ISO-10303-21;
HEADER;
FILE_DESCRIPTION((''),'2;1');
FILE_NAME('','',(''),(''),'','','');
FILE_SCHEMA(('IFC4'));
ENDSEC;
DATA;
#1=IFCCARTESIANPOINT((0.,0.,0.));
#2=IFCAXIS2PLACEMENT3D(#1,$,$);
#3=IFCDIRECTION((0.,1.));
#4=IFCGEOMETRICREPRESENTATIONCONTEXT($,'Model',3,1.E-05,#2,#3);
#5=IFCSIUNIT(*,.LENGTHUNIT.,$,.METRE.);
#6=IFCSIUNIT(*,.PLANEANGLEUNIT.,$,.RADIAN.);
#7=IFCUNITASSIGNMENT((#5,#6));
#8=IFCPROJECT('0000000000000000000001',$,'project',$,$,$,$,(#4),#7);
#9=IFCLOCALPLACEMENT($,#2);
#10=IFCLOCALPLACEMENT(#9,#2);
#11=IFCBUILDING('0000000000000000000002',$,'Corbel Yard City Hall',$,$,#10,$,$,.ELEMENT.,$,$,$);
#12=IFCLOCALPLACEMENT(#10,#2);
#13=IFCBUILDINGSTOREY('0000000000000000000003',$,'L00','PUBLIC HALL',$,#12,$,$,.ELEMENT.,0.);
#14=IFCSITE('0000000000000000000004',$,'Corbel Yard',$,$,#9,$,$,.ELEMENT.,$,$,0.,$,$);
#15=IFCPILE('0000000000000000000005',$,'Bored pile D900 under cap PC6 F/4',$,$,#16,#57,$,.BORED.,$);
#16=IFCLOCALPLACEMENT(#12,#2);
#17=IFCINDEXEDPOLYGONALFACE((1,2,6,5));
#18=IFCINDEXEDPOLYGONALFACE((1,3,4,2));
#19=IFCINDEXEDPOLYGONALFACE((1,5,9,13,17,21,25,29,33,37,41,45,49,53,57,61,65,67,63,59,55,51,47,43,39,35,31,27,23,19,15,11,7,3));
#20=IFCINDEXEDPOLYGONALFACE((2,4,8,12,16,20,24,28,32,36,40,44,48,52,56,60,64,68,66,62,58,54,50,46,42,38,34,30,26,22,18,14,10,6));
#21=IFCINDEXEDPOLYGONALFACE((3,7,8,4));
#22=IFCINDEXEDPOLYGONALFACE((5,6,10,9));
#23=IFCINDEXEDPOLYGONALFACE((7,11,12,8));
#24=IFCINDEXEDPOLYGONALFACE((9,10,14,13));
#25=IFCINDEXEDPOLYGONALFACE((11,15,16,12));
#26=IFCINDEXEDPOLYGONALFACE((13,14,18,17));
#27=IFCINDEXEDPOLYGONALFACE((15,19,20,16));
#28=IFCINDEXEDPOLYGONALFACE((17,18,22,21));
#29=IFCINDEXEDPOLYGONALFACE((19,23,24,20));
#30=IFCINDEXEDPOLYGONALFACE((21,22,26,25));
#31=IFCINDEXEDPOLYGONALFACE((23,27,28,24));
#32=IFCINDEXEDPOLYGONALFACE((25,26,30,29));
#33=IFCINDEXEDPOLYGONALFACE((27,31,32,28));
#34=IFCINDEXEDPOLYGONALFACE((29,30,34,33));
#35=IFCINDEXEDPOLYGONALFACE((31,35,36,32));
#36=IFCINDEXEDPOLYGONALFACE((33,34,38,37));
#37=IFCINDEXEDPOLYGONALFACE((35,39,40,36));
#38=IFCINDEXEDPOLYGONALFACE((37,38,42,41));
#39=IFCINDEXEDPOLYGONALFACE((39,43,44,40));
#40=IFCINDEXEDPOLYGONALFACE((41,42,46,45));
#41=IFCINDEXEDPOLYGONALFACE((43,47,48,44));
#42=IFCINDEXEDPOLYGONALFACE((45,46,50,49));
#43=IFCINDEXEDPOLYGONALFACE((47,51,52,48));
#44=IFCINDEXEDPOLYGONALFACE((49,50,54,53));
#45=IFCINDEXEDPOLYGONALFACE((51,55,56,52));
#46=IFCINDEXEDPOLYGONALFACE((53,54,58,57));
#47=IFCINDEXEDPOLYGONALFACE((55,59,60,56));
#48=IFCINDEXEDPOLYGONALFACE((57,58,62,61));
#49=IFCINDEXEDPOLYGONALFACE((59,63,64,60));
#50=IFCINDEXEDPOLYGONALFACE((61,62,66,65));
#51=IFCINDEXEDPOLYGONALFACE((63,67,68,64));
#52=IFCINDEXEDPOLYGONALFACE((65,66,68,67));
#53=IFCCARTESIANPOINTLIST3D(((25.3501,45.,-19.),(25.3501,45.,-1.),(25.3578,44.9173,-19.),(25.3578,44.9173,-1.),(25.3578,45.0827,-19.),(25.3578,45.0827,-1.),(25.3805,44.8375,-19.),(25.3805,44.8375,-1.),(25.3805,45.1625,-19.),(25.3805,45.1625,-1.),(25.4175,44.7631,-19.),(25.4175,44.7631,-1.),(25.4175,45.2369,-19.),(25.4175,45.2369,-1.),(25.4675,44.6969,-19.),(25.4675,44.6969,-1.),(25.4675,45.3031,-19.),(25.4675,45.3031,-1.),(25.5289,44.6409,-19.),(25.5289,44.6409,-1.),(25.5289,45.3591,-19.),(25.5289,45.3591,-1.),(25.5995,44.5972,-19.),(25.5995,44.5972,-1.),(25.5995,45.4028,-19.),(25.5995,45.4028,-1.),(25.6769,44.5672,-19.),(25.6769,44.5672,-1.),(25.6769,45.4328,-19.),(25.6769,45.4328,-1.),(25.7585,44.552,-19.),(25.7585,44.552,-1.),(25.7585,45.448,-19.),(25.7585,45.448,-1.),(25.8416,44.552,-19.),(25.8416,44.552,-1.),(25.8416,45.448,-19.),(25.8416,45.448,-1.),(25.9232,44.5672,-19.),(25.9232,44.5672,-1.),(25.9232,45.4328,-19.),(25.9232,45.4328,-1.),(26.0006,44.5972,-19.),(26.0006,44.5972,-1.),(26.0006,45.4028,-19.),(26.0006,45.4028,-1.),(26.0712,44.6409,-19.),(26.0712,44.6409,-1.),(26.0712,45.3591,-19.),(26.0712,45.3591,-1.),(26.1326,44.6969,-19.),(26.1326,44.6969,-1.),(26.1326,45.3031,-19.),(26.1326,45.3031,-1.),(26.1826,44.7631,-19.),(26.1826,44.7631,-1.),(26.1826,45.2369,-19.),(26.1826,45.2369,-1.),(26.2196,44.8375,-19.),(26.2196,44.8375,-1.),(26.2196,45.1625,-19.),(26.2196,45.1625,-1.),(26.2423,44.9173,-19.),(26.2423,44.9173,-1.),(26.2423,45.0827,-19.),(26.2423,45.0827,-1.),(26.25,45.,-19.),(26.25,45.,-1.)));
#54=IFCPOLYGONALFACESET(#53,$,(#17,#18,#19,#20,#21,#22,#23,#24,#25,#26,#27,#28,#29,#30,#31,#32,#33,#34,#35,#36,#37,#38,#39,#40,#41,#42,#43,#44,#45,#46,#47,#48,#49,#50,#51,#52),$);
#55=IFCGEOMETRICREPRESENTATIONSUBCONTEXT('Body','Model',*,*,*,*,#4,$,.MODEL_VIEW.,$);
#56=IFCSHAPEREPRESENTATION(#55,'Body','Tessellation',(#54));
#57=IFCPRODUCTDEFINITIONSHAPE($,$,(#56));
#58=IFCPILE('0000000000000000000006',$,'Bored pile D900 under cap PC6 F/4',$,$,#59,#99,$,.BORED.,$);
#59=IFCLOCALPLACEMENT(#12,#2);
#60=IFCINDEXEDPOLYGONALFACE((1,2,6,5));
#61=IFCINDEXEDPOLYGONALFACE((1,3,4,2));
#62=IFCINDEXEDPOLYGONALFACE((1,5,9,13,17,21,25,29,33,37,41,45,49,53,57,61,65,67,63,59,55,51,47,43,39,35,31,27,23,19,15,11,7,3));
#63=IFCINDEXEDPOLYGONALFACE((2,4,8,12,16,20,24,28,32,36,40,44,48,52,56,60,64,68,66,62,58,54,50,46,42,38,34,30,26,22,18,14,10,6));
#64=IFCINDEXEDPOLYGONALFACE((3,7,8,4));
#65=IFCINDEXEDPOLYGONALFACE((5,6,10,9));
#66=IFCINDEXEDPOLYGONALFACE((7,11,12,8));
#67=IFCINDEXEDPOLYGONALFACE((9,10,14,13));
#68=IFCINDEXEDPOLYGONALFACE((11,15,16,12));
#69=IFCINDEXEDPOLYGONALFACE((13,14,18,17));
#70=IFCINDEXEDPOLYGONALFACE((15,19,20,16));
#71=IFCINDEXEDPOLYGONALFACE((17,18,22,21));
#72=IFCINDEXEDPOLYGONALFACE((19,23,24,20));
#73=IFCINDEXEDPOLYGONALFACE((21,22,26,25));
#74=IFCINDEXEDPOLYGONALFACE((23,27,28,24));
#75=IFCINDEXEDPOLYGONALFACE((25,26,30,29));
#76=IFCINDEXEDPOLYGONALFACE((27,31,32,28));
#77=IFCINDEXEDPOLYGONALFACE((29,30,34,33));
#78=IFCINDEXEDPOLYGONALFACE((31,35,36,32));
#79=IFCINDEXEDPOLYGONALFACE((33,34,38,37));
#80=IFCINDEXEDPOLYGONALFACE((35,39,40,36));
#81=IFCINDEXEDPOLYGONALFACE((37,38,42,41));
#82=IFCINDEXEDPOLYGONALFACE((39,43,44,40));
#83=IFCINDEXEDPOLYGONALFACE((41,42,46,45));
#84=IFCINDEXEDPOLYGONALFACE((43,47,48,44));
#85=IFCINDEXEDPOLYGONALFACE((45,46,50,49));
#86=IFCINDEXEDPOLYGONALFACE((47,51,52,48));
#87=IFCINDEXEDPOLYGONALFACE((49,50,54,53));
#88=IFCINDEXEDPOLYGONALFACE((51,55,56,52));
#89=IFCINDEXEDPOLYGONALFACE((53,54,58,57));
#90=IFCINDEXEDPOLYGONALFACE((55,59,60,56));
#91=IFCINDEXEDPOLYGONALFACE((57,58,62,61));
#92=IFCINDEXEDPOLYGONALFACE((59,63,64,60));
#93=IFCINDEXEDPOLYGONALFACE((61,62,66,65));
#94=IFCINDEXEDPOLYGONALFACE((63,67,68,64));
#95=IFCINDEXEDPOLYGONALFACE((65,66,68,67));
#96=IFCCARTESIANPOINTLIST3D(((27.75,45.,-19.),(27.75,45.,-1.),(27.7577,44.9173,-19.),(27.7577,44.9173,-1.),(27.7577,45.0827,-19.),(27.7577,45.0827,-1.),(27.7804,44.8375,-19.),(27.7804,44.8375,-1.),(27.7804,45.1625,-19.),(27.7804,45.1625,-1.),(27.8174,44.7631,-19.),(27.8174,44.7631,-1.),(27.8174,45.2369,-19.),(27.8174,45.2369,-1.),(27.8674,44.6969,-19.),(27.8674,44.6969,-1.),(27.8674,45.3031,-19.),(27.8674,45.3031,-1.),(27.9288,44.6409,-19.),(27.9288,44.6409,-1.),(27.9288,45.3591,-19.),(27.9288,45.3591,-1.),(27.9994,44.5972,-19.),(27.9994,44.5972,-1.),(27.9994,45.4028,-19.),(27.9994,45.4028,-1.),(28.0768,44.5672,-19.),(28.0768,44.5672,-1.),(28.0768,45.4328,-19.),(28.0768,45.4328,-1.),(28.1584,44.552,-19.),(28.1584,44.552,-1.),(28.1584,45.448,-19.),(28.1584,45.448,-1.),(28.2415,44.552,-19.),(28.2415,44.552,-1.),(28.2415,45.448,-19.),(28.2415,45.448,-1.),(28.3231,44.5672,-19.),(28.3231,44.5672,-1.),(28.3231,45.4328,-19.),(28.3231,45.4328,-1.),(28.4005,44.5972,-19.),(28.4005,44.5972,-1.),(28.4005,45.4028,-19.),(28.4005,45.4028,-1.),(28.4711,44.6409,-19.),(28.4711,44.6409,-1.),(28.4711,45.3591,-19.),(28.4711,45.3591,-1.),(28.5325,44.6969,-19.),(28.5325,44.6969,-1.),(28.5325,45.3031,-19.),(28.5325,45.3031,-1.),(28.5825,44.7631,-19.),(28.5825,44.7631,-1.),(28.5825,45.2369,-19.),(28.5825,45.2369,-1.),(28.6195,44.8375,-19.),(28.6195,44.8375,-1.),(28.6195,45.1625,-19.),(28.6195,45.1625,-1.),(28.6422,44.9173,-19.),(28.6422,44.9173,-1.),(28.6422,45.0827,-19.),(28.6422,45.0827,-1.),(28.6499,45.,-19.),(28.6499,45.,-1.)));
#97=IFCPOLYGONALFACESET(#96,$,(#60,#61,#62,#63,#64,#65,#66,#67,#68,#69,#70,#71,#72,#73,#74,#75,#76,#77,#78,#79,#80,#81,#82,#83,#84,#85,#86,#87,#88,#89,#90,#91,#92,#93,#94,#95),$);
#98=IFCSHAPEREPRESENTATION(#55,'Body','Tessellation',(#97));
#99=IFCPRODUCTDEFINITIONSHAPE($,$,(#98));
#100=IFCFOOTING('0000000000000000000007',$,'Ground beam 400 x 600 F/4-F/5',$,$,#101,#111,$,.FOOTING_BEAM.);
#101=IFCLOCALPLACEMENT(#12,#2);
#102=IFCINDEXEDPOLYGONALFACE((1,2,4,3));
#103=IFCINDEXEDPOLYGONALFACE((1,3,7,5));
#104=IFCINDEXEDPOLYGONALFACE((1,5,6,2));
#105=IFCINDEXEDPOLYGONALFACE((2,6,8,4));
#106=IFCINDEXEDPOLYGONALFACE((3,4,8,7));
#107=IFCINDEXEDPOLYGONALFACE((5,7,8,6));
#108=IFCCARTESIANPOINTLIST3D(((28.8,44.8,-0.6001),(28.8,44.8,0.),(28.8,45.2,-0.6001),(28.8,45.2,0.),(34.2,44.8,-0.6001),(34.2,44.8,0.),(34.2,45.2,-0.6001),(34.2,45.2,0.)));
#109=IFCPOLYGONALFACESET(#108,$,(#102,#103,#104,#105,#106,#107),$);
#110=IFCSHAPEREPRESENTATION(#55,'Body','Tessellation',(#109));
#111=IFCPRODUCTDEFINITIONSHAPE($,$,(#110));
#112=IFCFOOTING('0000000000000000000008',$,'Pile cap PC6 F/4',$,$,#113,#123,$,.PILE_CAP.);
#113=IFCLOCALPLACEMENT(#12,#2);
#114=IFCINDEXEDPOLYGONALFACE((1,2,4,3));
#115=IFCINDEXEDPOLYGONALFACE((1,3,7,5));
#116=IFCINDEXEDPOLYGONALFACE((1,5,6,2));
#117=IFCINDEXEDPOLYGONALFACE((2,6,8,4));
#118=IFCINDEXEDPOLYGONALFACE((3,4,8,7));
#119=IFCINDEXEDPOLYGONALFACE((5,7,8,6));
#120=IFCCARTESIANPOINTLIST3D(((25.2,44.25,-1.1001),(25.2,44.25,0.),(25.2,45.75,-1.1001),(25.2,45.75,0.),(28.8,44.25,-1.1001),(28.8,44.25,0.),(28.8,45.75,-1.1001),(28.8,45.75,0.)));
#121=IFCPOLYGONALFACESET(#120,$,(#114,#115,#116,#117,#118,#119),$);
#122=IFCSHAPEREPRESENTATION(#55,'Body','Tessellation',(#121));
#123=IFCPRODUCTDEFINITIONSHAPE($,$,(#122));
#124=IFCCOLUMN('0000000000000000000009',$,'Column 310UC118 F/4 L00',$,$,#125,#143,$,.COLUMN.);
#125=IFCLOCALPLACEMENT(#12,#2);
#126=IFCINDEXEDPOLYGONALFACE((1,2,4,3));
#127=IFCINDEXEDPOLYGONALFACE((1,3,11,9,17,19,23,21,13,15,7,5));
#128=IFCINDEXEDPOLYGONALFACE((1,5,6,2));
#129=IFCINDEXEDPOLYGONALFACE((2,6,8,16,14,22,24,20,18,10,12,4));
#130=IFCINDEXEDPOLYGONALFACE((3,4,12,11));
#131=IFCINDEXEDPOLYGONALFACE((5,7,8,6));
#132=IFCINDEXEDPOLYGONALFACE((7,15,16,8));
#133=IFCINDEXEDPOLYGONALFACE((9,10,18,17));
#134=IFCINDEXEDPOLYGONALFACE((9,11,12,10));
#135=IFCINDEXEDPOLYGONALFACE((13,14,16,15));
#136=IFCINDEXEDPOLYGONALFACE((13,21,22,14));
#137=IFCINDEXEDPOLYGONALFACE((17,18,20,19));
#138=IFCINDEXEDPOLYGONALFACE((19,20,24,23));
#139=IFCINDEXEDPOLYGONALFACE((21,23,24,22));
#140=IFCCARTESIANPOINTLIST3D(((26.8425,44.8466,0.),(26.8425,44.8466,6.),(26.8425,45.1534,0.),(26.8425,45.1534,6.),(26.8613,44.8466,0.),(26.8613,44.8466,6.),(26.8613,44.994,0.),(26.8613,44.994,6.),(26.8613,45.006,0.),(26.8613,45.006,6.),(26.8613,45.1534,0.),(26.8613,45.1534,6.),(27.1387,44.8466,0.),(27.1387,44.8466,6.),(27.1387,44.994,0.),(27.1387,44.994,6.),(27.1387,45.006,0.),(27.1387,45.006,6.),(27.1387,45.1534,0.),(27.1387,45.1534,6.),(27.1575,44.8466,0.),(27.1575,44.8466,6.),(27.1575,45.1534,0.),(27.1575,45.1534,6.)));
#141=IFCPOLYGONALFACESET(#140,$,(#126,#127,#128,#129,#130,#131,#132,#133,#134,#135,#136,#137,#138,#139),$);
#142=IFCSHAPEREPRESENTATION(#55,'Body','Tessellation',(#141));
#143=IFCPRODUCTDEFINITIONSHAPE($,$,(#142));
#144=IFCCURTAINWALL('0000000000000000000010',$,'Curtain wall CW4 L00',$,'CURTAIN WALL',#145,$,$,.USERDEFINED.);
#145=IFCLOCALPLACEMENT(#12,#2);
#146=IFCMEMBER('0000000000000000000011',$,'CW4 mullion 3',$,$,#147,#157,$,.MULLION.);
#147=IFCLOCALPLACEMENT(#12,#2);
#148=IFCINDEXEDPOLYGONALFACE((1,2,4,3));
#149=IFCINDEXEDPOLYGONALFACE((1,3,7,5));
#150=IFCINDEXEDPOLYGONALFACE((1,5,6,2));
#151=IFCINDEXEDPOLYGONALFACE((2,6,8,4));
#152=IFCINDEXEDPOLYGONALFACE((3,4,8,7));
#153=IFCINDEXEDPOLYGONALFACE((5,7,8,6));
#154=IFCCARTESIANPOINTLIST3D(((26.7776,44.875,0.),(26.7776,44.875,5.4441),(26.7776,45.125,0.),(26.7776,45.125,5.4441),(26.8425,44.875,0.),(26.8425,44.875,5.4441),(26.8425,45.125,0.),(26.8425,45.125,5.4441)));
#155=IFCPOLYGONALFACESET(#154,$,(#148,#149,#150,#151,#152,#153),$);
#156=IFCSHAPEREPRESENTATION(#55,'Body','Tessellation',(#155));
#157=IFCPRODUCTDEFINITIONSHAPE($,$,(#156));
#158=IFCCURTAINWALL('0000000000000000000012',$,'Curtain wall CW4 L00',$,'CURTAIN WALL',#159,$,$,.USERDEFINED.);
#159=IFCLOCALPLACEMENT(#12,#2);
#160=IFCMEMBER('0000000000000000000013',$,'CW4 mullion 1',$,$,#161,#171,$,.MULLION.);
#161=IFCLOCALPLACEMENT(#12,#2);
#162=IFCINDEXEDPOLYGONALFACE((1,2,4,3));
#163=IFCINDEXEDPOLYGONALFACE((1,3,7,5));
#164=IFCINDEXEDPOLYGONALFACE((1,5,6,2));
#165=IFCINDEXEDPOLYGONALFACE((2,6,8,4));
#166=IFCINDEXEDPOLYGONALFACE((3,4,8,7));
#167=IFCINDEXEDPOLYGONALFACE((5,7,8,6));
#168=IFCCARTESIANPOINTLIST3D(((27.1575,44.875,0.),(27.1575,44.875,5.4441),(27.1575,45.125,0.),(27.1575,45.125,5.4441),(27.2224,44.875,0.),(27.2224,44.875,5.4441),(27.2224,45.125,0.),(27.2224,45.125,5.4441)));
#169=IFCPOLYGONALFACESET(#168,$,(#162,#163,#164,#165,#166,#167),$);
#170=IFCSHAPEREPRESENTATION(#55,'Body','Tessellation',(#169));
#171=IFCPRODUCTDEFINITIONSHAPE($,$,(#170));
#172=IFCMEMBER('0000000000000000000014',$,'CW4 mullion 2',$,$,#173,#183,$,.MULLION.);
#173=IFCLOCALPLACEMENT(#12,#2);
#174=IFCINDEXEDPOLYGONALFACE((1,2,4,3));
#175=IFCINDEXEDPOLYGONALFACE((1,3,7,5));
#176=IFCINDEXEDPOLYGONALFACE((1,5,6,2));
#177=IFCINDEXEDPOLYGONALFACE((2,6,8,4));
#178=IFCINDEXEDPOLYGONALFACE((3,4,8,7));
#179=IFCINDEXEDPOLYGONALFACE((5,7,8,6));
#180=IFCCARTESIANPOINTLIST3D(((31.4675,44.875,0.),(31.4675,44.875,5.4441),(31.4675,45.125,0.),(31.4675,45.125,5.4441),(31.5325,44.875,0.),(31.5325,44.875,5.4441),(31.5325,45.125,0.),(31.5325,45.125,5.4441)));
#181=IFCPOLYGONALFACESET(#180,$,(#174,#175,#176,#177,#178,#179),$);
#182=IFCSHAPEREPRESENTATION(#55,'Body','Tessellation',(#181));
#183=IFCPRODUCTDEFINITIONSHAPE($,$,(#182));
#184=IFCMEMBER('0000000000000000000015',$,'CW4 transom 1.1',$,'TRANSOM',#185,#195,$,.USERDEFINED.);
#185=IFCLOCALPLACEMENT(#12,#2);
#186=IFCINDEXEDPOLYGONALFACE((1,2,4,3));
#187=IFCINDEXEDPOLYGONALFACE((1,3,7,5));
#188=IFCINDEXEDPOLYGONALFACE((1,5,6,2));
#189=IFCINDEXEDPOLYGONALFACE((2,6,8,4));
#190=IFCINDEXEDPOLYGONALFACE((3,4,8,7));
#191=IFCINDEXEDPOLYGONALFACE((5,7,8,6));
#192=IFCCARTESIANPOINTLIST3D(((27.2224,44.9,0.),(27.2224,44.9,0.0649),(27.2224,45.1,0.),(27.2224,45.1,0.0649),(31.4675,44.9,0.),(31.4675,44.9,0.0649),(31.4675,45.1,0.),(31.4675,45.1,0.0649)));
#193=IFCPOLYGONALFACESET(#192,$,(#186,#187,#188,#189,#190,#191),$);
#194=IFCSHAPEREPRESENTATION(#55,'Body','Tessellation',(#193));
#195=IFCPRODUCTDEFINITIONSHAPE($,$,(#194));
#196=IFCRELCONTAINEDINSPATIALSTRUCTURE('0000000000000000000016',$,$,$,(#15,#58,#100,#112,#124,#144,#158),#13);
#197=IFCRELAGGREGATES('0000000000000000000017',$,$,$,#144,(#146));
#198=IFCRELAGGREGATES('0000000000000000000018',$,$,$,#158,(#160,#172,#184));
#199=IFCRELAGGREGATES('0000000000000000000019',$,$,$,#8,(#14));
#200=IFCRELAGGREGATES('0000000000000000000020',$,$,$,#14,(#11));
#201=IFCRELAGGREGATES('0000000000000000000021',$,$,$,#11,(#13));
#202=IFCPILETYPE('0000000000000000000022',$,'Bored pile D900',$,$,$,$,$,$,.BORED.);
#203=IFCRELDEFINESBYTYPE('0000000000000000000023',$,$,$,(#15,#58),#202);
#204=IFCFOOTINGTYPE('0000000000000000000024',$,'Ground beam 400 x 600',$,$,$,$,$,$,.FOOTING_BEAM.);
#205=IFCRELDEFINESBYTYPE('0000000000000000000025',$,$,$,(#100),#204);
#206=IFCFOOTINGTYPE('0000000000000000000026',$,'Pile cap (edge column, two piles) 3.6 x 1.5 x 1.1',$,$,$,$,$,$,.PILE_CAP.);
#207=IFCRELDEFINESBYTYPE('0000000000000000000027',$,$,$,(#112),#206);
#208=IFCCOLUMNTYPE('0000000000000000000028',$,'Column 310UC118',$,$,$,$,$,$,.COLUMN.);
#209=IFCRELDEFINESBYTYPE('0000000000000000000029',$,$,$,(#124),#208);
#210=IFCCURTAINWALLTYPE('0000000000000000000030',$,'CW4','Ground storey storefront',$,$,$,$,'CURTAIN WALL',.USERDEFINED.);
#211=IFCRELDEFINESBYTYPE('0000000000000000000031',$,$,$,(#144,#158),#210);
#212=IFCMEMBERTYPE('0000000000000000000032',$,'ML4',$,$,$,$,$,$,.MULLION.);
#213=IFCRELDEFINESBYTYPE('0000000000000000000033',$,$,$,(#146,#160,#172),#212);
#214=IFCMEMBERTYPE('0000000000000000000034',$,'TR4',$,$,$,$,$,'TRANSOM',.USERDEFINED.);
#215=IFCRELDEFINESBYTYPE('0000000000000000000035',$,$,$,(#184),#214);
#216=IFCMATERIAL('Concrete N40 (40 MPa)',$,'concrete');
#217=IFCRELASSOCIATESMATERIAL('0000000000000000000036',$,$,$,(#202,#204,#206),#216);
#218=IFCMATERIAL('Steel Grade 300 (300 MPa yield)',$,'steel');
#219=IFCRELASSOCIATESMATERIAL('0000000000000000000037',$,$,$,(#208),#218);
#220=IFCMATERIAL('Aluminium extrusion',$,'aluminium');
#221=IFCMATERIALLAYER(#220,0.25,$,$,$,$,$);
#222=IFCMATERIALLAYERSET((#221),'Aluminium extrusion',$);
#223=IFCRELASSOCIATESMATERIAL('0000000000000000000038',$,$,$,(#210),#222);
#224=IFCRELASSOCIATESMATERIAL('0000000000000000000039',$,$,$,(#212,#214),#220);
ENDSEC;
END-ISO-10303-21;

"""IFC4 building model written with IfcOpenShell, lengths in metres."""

from ifc_helpers import new_model, si_unit, direction, frame, origin, origin_2d, place, context, subcontext, project, spatial, rectangle, circle, i_section, extrude, material, layer, layer_set, material_profile, profile_set, type_object, element, aggregate, save


model = new_model("IFC4")

# Units and contexts
model_context = context("Model", 3, precision=1e-05, world=origin(), true_north=direction((0.0, 1.0)))
body_context = subcontext(model_context, "Body", "Model", "MODEL_VIEW")
ifc_project = project(units=[si_unit("LENGTHUNIT", "METRE"), si_unit("PLANEANGLEUNIT", "RADIAN")], contexts=[model_context])

# Site, building, storey
site_placement = place(None, origin())
site = spatial("IfcSite", under=ifc_project, at=site_placement, Name="Corbel Yard", CompositionType="ELEMENT", RefElevation=0.0)
building_placement = place(site_placement, origin())
building = spatial("IfcBuilding", under=site, at=building_placement, Name="Corbel Yard City Hall", CompositionType="ELEMENT")
storey_placement = place(building_placement, origin())
storey = spatial("IfcBuildingStorey", under=building, at=storey_placement, Name="L00", Description="PUBLIC HALL", CompositionType="ELEMENT", Elevation=0.0)

# Piles
ifc_material_1 = material(Name="Concrete N40 (40 MPa)", Category="concrete")
ifc_material_profile_1 = material_profile(ifc_material_1, circle(Radius=0.45, at=origin_2d()), Name="D900")
ifc_profile_set_1 = profile_set([ifc_material_profile_1], Name="Concrete N40 (40 MPa)")
pile_type = type_object("IfcPileType", Name="Bored pile D900", PredefinedType="BORED", material=ifc_profile_set_1)
for number, where, z_axis, x_axis, name in (
    (1, (25.8, 45.0, -1.0), (0.0, 0.0, -1.0), (1.0, 0.0, 0.0), "Bored pile D900 under cap PC6 F/4"),
    (2, (28.2, 45.0, -1.0), (0.0, 0.0, -1.0), (1.0, 0.0, 0.0), "Bored pile D900 under cap PC6 F/4"),
):
    element("IfcPile", number, at=place(storey_placement, frame(where, z_axis=z_axis, x_axis=x_axis)), inside=storey, type_object=pile_type, Name=name, PredefinedType="BORED", context=body_context, shape_type="SweptSolid", body=[
        extrude(circle(Radius=0.45, at=origin_2d()), origin(), (0.0, 0.0, 1.0), 18.0),
    ])

# Footings
footing_type_1 = type_object("IfcFootingType", Name="Ground beam 400 x 600", PredefinedType="FOOTING_BEAM", material=ifc_material_1)
footing_1_placement = place(storey_placement, frame((31.5, 45.0, -0.6001), z_axis=(0.0, 0.0, 1.0), x_axis=(1.0, 0.0, 0.0)))
element("IfcFooting", 3, at=footing_1_placement, inside=storey, type_object=footing_type_1, Name="Ground beam 400 x 600 F/4-F/5", PredefinedType="FOOTING_BEAM", context=body_context, shape_type="SweptSolid", body=[
    extrude(rectangle(XDim=5.3999, YDim=0.3999, at=origin_2d()), origin(), (0.0, 0.0, 1.0), 0.6001),
])
footing_type_2 = type_object("IfcFootingType", Name="Pile cap (edge column, two piles) 3.6 x 1.5 x 1.1", PredefinedType="PILE_CAP", material=ifc_material_1)
footing_2_placement = place(storey_placement, frame((27.0, 45.0, -1.1001), z_axis=(0.0, 0.0, 1.0), x_axis=(1.0, 0.0, 0.0)))
element("IfcFooting", 4, at=footing_2_placement, inside=storey, type_object=footing_type_2, Name="Pile cap PC6 F/4", PredefinedType="PILE_CAP", context=body_context, shape_type="SweptSolid", body=[
    extrude(rectangle(XDim=3.6001, YDim=1.5, at=origin_2d()), origin(), (0.0, 0.0, 1.0), 1.1001),
])

# Column
ifc_material_2 = material(Name="Steel Grade 300 (300 MPa yield)", Category="steel")
ifc_material_profile_2 = material_profile(ifc_material_2, i_section(OverallWidth=0.3069, OverallDepth=0.3149, WebThickness=0.012, FlangeThickness=0.0188, at=origin_2d()), Name="310UC118")
ifc_profile_set_2 = profile_set([ifc_material_profile_2], Name="Steel Grade 300 (300 MPa yield)")
column_type = type_object("IfcColumnType", Name="Column 310UC118", PredefinedType="COLUMN", material=ifc_profile_set_2)
column_placement = place(storey_placement, frame((27.0, 45.0, 0.0), z_axis=(0.0, 0.0, 1.0), x_axis=(0.0, 1.0, 0.0)))
element("IfcColumn", 5, at=column_placement, inside=storey, type_object=column_type, Name="Column 310UC118 F/4 L00", PredefinedType="COLUMN", context=body_context, shape_type="SweptSolid", body=[
    extrude(i_section(OverallWidth=0.3069, OverallDepth=0.3149, WebThickness=0.012, FlangeThickness=0.0188, at=origin_2d()), origin(), (0.0, 0.0, 1.0), 6.0),
])

# Curtain wall, member
ifc_material_3 = material(Name="Aluminium extrusion", Category="aluminium")
ifc_layer_1 = layer(ifc_material_3, 0.25)
ifc_layer_set_1 = layer_set([ifc_layer_1], Name="Aluminium extrusion")
curtain_wall_type = type_object("IfcCurtainWallType", Name="CW4", Description="Ground storey storefront", ElementType="CURTAIN WALL", PredefinedType="USERDEFINED", material=ifc_layer_set_1)
curtain_wall_1_placement = place(storey_placement, origin())
curtain_wall_1 = element("IfcCurtainWall", 6, at=curtain_wall_1_placement, inside=storey, type_object=curtain_wall_type, Name="Curtain wall CW4 L00", ObjectType="CURTAIN WALL", PredefinedType="USERDEFINED")
ifc_material_profile_3 = material_profile(ifc_material_3, rectangle(XDim=0.25, YDim=0.0649, at=origin_2d()), Name="250x65")
ifc_profile_set_3 = profile_set([ifc_material_profile_3], Name="Aluminium extrusion")
member_type_1 = type_object("IfcMemberType", Name="ML4", PredefinedType="MULLION", material=ifc_profile_set_3)
member_1_placement = place(storey_placement, frame((26.8101, 45.0, 0.0), z_axis=(0.0, 0.0, 1.0), x_axis=(0.0, 1.0, 0.0)))
member_1 = element("IfcMember", 7, at=member_1_placement, type_object=member_type_1, Name="CW4 mullion 3", PredefinedType="MULLION", context=body_context, shape_type="SweptSolid", body=[
    extrude(rectangle(XDim=0.25, YDim=0.0649, at=origin_2d()), origin(), (0.0, 0.0, 1.0), 5.4441),
])

# Curtain wall, members
curtain_wall_2_placement = place(storey_placement, origin())
curtain_wall_2 = element("IfcCurtainWall", 8, at=curtain_wall_2_placement, inside=storey, type_object=curtain_wall_type, Name="Curtain wall CW4 L00", ObjectType="CURTAIN WALL", PredefinedType="USERDEFINED")
member_2_placement = place(storey_placement, frame((27.1899, 45.0, 0.0), z_axis=(0.0, 0.0, 1.0), x_axis=(0.0, 1.0, 0.0)))
member_2 = element("IfcMember", 9, at=member_2_placement, type_object=member_type_1, Name="CW4 mullion 1", PredefinedType="MULLION", context=body_context, shape_type="SweptSolid", body=[
    extrude(rectangle(XDim=0.25, YDim=0.0649, at=origin_2d()), origin(), (0.0, 0.0, 1.0), 5.4441),
])
member_3_placement = place(storey_placement, frame((31.5, 45.0, 0.0), z_axis=(0.0, 0.0, 1.0), x_axis=(0.0, 1.0, 0.0)))
member_3 = element("IfcMember", 10, at=member_3_placement, type_object=member_type_1, Name="CW4 mullion 2", PredefinedType="MULLION", context=body_context, shape_type="SweptSolid", body=[
    extrude(rectangle(XDim=0.25, YDim=0.0649, at=origin_2d()), origin(), (0.0, 0.0, 1.0), 5.4441),
])
ifc_material_profile_4 = material_profile(ifc_material_3, rectangle(XDim=0.2, YDim=0.0649, at=origin_2d()), Name="200x65")
ifc_profile_set_4 = profile_set([ifc_material_profile_4], Name="Aluminium extrusion")
member_type_2 = type_object("IfcMemberType", Name="TR4", ElementType="TRANSOM", PredefinedType="USERDEFINED", material=ifc_profile_set_4)
member_4_placement = place(storey_placement, frame((27.2224, 45.0, 0.0325), z_axis=(1.0, 0.0, 0.0), x_axis=(0.0, 1.0, 0.0)))
member_4 = element("IfcMember", 11, at=member_4_placement, type_object=member_type_2, Name="CW4 transom 1.1", ObjectType="TRANSOM", PredefinedType="USERDEFINED", context=body_context, shape_type="SweptSolid", body=[
    extrude(rectangle(XDim=0.2, YDim=0.0649, at=origin_2d()), origin(), (0.0, 0.0, 1.0), 4.2451),
])

aggregate(curtain_wall_1, [member_1])
aggregate(curtain_wall_2, [member_2, member_3, member_4])

save(model, "model.ifc")
